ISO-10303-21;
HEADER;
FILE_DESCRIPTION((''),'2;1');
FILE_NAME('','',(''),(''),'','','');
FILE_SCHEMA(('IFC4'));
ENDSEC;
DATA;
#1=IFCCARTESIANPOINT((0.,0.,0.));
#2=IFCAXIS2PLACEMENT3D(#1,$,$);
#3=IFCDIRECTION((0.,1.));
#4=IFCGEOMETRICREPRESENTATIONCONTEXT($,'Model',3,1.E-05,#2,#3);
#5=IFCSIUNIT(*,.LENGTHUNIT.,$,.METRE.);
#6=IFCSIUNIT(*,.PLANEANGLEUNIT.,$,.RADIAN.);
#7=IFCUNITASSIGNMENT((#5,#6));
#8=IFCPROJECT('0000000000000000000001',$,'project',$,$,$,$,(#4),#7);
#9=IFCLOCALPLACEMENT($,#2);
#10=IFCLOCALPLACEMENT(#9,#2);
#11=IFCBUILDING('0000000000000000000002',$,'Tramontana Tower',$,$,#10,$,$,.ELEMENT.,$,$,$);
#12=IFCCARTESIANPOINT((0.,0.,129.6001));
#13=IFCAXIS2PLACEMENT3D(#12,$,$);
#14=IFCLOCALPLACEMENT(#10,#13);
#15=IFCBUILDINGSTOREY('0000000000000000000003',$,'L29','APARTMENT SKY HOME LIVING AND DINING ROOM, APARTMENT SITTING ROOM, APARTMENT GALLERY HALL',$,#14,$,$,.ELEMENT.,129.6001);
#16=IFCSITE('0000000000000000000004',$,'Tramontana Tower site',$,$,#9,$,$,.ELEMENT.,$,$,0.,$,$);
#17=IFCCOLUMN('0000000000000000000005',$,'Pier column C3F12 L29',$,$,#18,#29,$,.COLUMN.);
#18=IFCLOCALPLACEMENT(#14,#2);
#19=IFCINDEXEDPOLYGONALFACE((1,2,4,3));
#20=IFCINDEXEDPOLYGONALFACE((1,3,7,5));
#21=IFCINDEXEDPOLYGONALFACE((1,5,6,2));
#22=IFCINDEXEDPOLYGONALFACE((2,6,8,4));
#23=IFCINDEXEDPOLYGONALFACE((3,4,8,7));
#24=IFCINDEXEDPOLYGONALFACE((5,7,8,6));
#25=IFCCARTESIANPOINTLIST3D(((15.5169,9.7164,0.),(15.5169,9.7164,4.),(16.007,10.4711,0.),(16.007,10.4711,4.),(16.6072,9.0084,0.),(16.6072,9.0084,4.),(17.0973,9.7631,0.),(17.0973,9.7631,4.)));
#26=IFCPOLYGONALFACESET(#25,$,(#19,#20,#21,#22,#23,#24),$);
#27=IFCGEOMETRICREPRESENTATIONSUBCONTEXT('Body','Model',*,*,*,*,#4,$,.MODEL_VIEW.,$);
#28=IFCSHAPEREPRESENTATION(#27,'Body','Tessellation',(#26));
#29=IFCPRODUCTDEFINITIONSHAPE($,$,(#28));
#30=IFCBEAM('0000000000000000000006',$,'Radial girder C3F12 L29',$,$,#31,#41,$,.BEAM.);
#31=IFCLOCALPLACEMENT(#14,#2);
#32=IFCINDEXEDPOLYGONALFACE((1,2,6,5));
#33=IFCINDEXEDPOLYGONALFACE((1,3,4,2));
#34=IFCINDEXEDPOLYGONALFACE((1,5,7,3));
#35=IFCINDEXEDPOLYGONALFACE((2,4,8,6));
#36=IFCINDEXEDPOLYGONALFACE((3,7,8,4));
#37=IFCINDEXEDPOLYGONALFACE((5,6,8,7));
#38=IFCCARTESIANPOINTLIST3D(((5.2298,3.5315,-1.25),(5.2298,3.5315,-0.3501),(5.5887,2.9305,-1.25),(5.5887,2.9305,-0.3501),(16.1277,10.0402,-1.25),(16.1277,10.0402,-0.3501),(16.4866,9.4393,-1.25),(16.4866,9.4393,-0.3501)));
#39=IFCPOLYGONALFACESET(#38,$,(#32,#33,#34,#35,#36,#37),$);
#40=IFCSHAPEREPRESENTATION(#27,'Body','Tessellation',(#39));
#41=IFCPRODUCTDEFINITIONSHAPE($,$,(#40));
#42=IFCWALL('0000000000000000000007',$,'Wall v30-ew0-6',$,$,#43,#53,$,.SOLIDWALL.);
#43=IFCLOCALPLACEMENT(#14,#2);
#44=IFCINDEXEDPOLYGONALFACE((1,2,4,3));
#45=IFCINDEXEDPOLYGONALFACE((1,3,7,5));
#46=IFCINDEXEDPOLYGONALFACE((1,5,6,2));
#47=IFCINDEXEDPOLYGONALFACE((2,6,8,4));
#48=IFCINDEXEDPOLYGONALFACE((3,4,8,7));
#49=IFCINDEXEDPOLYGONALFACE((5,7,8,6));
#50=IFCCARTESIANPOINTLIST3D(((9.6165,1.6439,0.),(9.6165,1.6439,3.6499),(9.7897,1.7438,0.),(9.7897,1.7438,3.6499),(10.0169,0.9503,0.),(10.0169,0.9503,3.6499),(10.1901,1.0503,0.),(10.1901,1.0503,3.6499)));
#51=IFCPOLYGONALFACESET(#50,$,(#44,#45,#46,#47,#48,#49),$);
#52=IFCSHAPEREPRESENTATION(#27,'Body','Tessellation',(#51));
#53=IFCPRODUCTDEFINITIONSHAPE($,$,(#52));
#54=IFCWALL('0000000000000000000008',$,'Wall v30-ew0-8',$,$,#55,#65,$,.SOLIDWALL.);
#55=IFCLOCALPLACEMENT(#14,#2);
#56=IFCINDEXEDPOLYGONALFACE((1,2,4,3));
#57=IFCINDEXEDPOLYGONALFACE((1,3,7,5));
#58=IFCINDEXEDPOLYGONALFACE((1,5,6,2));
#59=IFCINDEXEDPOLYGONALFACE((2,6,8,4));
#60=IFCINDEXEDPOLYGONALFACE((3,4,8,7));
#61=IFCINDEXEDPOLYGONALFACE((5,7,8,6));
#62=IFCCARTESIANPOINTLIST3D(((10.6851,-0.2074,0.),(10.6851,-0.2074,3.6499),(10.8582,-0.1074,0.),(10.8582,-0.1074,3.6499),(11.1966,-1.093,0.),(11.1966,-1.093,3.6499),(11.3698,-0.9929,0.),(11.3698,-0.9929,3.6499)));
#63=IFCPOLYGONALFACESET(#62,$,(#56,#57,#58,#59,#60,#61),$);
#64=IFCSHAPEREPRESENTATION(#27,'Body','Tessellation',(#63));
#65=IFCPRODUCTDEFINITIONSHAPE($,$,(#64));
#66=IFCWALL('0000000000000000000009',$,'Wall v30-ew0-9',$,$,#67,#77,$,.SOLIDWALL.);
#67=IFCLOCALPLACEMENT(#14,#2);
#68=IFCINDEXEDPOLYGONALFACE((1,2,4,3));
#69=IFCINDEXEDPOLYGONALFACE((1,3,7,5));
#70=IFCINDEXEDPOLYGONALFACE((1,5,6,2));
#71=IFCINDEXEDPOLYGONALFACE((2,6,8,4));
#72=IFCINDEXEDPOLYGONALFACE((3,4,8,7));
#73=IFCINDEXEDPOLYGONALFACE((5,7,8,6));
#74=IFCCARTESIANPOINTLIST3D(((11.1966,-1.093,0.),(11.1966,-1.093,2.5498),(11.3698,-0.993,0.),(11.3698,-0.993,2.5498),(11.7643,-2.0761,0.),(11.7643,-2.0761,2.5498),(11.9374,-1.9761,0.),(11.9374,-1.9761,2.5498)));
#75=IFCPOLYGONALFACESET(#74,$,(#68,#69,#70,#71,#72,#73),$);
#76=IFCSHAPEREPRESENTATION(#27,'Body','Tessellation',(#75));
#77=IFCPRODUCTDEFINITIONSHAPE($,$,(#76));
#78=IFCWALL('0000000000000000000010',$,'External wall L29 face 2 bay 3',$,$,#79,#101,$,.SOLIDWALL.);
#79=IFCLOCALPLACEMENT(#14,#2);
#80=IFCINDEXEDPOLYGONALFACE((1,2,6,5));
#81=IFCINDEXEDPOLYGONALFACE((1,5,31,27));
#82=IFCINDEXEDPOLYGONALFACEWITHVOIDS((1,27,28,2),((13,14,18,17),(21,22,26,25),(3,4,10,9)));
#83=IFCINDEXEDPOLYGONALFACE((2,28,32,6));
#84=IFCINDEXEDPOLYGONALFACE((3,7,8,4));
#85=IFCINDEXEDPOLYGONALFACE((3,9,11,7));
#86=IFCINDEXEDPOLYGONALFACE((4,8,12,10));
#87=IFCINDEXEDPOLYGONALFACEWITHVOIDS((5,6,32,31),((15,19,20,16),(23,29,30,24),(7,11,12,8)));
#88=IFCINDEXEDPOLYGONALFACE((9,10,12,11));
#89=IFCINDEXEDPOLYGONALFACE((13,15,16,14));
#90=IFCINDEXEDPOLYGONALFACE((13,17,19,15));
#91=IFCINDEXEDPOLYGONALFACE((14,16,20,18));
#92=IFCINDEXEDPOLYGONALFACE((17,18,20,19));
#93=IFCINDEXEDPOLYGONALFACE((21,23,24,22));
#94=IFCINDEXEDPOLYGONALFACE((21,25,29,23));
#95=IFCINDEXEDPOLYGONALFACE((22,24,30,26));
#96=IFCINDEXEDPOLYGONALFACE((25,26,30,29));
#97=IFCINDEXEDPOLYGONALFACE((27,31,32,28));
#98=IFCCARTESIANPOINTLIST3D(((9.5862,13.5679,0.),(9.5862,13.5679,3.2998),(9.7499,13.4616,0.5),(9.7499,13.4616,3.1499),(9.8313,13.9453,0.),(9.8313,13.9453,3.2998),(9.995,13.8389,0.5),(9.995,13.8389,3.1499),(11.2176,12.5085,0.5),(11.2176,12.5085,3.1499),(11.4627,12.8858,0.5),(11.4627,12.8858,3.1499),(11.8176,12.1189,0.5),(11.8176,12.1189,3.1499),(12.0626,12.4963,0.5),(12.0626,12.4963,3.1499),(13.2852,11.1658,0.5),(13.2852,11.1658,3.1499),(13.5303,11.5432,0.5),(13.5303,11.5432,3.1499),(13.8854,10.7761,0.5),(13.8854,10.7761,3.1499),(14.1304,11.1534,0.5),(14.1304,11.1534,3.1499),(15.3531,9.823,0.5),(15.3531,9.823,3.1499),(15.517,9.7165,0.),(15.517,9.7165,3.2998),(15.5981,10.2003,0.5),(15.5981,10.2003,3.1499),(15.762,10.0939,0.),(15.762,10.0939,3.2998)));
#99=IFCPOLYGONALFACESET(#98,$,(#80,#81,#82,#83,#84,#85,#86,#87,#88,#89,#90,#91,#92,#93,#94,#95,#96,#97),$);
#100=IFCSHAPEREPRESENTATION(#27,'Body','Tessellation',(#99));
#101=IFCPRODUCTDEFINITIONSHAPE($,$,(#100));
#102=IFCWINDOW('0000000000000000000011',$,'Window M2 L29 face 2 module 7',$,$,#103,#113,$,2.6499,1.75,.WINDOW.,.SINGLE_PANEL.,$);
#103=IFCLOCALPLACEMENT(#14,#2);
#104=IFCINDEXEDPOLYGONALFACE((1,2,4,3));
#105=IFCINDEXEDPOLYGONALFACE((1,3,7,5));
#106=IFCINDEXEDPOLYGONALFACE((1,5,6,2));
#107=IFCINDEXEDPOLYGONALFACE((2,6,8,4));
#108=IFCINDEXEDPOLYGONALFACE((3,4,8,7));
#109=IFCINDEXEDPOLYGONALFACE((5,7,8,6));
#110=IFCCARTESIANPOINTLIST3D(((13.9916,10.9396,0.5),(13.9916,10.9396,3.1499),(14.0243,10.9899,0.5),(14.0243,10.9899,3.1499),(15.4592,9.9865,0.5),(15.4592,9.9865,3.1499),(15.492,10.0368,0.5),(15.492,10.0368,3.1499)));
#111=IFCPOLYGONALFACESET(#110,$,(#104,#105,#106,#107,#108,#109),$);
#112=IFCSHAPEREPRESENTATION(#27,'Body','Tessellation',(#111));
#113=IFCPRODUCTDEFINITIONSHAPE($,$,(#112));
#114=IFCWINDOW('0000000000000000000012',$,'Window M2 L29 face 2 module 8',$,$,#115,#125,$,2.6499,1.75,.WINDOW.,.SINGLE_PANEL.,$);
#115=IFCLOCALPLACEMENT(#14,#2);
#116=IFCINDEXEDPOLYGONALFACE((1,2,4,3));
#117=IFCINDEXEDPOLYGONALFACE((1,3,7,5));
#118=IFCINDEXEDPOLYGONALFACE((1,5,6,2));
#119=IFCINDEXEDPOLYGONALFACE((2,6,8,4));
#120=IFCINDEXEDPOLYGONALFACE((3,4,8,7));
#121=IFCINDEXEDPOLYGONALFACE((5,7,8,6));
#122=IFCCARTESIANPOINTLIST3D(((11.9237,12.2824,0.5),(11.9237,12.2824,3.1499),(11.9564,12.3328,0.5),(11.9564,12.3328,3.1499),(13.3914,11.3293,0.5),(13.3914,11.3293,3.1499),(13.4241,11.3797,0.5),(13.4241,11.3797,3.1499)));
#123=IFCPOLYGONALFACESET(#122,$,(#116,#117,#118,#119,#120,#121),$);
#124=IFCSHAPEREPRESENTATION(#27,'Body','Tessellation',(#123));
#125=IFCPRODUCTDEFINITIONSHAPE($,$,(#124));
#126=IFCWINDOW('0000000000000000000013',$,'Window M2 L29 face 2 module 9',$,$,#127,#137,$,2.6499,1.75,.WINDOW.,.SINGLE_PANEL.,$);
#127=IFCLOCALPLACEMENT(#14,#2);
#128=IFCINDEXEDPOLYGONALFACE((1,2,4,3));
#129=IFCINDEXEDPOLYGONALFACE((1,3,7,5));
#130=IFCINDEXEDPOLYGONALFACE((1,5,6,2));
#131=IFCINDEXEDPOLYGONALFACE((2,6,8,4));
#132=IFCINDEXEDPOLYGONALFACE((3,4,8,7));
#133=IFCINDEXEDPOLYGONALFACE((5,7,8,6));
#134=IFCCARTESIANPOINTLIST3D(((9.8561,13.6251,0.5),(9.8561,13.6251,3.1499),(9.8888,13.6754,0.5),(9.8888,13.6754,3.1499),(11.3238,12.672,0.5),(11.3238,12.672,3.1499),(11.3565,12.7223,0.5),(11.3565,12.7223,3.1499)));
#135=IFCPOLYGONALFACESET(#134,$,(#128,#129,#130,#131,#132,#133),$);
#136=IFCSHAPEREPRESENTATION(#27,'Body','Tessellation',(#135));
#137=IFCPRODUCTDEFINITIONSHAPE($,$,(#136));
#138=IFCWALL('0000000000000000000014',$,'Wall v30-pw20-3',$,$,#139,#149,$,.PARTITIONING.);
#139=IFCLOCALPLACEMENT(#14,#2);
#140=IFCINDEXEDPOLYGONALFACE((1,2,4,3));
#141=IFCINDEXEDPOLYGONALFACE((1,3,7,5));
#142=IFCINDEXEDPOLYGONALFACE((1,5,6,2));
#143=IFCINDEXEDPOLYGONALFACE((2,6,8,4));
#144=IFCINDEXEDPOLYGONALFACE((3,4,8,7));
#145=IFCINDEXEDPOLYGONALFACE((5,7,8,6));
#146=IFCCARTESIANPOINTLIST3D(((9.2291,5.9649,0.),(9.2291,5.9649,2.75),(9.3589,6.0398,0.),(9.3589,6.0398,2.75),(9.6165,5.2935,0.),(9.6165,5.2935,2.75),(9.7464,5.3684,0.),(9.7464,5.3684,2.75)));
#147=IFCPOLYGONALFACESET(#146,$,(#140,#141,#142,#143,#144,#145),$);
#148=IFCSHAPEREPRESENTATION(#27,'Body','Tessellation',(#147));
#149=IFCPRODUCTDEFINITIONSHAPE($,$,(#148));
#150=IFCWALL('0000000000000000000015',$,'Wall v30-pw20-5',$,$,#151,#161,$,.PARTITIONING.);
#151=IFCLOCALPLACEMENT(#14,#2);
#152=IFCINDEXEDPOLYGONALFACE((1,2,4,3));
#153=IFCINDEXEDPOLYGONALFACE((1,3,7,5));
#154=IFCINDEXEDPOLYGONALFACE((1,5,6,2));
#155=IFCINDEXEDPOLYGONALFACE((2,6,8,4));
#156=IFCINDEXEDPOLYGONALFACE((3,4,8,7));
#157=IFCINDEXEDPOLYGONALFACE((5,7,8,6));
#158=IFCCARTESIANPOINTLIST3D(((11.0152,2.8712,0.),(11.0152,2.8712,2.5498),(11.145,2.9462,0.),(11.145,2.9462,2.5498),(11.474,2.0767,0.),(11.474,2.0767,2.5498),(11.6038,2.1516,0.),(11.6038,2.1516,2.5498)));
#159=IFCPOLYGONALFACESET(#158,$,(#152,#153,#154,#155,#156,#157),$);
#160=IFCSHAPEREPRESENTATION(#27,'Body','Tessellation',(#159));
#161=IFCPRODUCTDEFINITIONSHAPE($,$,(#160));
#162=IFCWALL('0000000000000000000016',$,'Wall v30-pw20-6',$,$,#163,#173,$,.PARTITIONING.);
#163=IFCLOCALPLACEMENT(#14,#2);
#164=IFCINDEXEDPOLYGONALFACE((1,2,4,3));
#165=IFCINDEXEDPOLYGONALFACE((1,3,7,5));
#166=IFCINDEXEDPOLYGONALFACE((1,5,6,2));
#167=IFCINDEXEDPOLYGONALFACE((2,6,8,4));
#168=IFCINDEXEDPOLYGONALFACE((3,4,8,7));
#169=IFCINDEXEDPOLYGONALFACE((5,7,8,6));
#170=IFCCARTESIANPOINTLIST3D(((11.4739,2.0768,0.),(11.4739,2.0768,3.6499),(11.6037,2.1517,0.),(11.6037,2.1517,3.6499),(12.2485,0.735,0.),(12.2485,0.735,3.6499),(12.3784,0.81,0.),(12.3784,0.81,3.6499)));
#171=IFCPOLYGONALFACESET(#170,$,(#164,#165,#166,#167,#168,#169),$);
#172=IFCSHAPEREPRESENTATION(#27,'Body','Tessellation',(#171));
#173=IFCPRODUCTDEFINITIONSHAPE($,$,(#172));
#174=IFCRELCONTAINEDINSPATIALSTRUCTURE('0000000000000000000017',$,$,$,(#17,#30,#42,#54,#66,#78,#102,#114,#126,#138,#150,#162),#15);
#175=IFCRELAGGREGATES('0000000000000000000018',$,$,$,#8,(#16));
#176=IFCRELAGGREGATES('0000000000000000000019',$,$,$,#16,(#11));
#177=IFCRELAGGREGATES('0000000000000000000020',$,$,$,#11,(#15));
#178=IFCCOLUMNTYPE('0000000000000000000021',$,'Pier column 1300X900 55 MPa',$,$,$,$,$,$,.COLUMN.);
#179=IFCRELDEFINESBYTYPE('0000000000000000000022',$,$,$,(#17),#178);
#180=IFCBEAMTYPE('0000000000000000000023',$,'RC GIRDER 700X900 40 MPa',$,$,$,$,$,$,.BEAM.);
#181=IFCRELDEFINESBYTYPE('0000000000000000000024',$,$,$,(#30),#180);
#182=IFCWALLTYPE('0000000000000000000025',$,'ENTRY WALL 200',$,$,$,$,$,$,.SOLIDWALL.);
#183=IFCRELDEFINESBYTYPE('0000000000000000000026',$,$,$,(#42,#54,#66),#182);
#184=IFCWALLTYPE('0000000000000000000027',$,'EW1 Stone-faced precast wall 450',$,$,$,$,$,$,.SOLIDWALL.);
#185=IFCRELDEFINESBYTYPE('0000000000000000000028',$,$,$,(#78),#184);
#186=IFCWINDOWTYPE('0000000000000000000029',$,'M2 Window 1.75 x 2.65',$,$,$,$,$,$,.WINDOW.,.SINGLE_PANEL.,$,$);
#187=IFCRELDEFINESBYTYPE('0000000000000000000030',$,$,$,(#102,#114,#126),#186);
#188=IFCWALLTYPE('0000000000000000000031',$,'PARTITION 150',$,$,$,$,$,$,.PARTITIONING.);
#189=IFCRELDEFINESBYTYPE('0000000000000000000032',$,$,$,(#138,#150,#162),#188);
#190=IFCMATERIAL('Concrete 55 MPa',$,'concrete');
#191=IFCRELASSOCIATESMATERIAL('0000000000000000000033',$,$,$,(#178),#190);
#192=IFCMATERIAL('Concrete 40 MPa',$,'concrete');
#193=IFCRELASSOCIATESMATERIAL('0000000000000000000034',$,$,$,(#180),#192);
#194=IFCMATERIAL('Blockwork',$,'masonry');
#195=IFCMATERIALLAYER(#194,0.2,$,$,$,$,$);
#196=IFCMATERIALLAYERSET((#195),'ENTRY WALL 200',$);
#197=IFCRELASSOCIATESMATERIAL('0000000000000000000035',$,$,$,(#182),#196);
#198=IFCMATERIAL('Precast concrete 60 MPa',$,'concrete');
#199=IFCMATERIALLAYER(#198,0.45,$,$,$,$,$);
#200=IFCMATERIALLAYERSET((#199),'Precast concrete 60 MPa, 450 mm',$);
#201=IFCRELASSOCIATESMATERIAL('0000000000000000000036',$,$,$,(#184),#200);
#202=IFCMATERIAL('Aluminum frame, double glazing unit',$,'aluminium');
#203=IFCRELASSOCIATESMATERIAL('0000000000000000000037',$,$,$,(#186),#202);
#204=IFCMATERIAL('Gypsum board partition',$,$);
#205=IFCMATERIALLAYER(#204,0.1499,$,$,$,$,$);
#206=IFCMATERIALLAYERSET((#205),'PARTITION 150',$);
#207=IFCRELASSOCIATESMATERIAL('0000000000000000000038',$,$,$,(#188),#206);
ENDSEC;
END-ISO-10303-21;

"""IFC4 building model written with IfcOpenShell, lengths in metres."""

from ifc_helpers import new_model, si_unit, direction, frame, frame_2d, origin, origin_2d, place, context, subcontext, project, spatial, rectangle, extrude, material, layer, layer_set, material_profile, profile_set, type_object, element, fill, save


model = new_model("IFC4")

# Units and contexts
model_context = context("Model", 3, precision=1e-05, world=origin(), true_north=direction((0.0, 1.0)))
body_context = subcontext(model_context, "Body", "Model", "MODEL_VIEW")
ifc_project = project(units=[si_unit("LENGTHUNIT", "METRE"), si_unit("PLANEANGLEUNIT", "RADIAN")], contexts=[model_context])

# Site, building, storey
site_placement = place(None, origin())
site = spatial("IfcSite", under=ifc_project, at=site_placement, Name="Tramontana Tower site", CompositionType="ELEMENT", RefElevation=0.0)
building_placement = place(site_placement, origin())
building = spatial("IfcBuilding", under=site, at=building_placement, Name="Tramontana Tower", CompositionType="ELEMENT")
storey_placement = place(building_placement, frame((0.0, 0.0, 129.6001)))
storey = spatial("IfcBuildingStorey", under=building, at=storey_placement, Name="L29", Description="APARTMENT SKY HOME LIVING AND DINING ROOM, APARTMENT SITTING ROOM, APARTMENT GALLERY HALL", CompositionType="ELEMENT", Elevation=129.6001)

# Column
ifc_material_1 = material(Name="Concrete 55 MPa", Category="concrete")
ifc_material_profile_1 = material_profile(ifc_material_1, rectangle(XDim=1.3, YDim=0.8999, at=origin_2d()), Name="Pier column 1300X900 55 MPa")
ifc_profile_set_1 = profile_set([ifc_material_profile_1], Name="Concrete 55 MPa")
column_type = type_object("IfcColumnType", Name="Pier column 1300X900 55 MPa", PredefinedType="COLUMN", material=ifc_profile_set_1)
column_placement = place(storey_placement, frame((16.3071, 9.7397, 0.0), z_axis=(0.0, 0.0, 1.0), x_axis=(-0.838671, 0.544639, 0.0)))
element("IfcColumn", 1, at=column_placement, inside=storey, type_object=column_type, Name="Pier column C3F12 L29", PredefinedType="COLUMN", context=body_context, shape_type="SweptSolid", body=[
    extrude(rectangle(XDim=1.3, YDim=0.8999, at=origin_2d()), origin(), (0.0, 0.0, 1.0), 4.0),
])

# Beam
ifc_material_2 = material(Name="Concrete 40 MPa", Category="concrete")
ifc_material_profile_2 = material_profile(ifc_material_2, rectangle(XDim=0.7, YDim=0.8999, at=origin_2d()), Name="RC GIRDER 700X900 40 MPa")
ifc_profile_set_2 = profile_set([ifc_material_profile_2], Name="Concrete 40 MPa")
beam_type = type_object("IfcBeamType", Name="RC GIRDER 700X900 40 MPa", PredefinedType="BEAM", material=ifc_profile_set_2)
beam_placement = place(storey_placement, frame((16.3071, 9.7397, -0.8), z_axis=(-0.858533, -0.512758, 0.0), x_axis=(0.512758, -0.858533, 0.0)))
element("IfcBeam", 2, at=beam_placement, inside=storey, type_object=beam_type, Name="Radial girder C3F12 L29", PredefinedType="BEAM", context=body_context, shape_type="SweptSolid", body=[
    extrude(rectangle(XDim=0.7, YDim=0.8999, at=origin_2d()), origin(), (0.0, 0.0, 1.0), 12.6936),
])

# Wall
ifc_material_3 = material(Name="Blockwork", Category="masonry")
ifc_layer_1 = layer(ifc_material_3, 0.2)
ifc_layer_set_1 = layer_set([ifc_layer_1], Name="ENTRY WALL 200")
wall_type_1 = type_object("IfcWallType", Name="ENTRY WALL 200", PredefinedType="SOLIDWALL", material=ifc_layer_set_1)
wall_1_placement = place(storey_placement, frame((9.7031, 1.6938, 0.0), z_axis=(0.0, 0.0, 1.0), x_axis=(0.499942, -0.866059, 0.0)))
element("IfcWall", 3, at=wall_1_placement, inside=storey, type_object=wall_type_1, Name="Wall v30-ew0-6", PredefinedType="SOLIDWALL", context=body_context, shape_type="SweptSolid", body=[
    extrude(rectangle(XDim=0.8008, YDim=0.2, at=frame_2d((0.4004, 0.0))), origin(), (0.0, 0.0, 1.0), 3.6499),
])

# Walls
wall_2_placement = place(storey_placement, frame((10.7717, -0.1575, 0.0), z_axis=(0.0, 0.0, 1.0), x_axis=(0.50017, -0.865927, 0.0)))
element("IfcWall", 4, at=wall_2_placement, inside=storey, type_object=wall_type_1, Name="Wall v30-ew0-8", PredefinedType="SOLIDWALL", context=body_context, shape_type="SweptSolid", body=[
    extrude(rectangle(XDim=1.0227, YDim=0.2, at=frame_2d((0.5112, 0.0))), origin(), (0.0, 0.0, 1.0), 3.6499),
])
wall_3_placement = place(storey_placement, frame((11.2832, -1.043, 0.0), z_axis=(0.0, 0.0, 1.0), x_axis=(0.500002, -0.866024, 0.0)))
element("IfcWall", 5, at=wall_3_placement, inside=storey, type_object=wall_type_1, Name="Wall v30-ew0-9", PredefinedType="SOLIDWALL", context=body_context, shape_type="SweptSolid", body=[
    extrude(rectangle(XDim=1.1353, YDim=0.2, at=frame_2d((0.5676, 0.0))), origin(), (0.0, 0.0, 1.0), 2.5498),
])

# Wall, openings, windows
ifc_material_4 = material(Name="Precast concrete 60 MPa", Category="concrete")
ifc_layer_2 = layer(ifc_material_4, 0.45)
ifc_layer_set_2 = layer_set([ifc_layer_2], Name="Precast concrete 60 MPa, 450 mm")
wall_type_2 = type_object("IfcWallType", Name="EW1 Stone-faced precast wall 450", PredefinedType="SOLIDWALL", material=ifc_layer_set_2)
wall_4_placement = place(storey_placement, frame((15.6394, 9.9053, 0.0), z_axis=(0.0, 0.0, 1.0), x_axis=(-0.838677, 0.544629, 0.0)))
wall_4 = element("IfcWall", 6, at=wall_4_placement, inside=storey, type_object=wall_type_2, Name="External wall L29 face 2 bay 3", PredefinedType="SOLIDWALL", context=body_context, shape_type="SweptSolid", body=[
    extrude(rectangle(XDim=7.0715, YDim=0.45, at=frame_2d((3.5356, 0.0))), origin(), (0.0, 0.0, 1.0), 3.2998),
])
opening_1_placement = place(wall_4_placement, frame((0.1953, 0.0, 0.5)))
opening_1 = element("IfcOpeningElement", 7, at=opening_1_placement, cuts=wall_4, PredefinedType="OPENING", context=body_context, shape_type="SweptSolid", body=[
    extrude(rectangle(XDim=1.75, YDim=2.6499, at=frame_2d((0.875, 1.325))), frame((0.0, 0.2349, 0.0), z_axis=(0.0, -1.0, 0.0), x_axis=(1.0, 0.0, 0.0)), (0.0, 0.0, 1.0), 0.47),
])
opening_2_placement = place(wall_4_placement, frame((2.6609, 0.0, 0.5)))
opening_2 = element("IfcOpeningElement", 8, at=opening_2_placement, cuts=wall_4, PredefinedType="OPENING", context=body_context, shape_type="SweptSolid", body=[
    extrude(rectangle(XDim=1.75, YDim=2.6499, at=frame_2d((0.875, 1.325))), frame((0.0, 0.2349, 0.0), z_axis=(0.0, -1.0, 0.0), x_axis=(1.0, 0.0, 0.0)), (0.0, 0.0, 1.0), 0.47),
])
opening_3_placement = place(wall_4_placement, frame((5.1262, 0.0, 0.5)))
opening_3 = element("IfcOpeningElement", 9, at=opening_3_placement, cuts=wall_4, PredefinedType="OPENING", context=body_context, shape_type="SweptSolid", body=[
    extrude(rectangle(XDim=1.75, YDim=2.6499, at=frame_2d((0.875, 1.325))), frame((0.0, 0.2349, 0.0), z_axis=(0.0, -1.0, 0.0), x_axis=(1.0, 0.0, 0.0)), (0.0, 0.0, 1.0), 0.47),
])
ifc_material_5 = material(Name="Aluminum frame, double glazing unit", Category="aluminium")
window_type = type_object("IfcWindowType", Name="M2 Window 1.75 x 2.65", PartitioningType="SINGLE_PANEL", PredefinedType="WINDOW", material=ifc_material_5)
window_1_placement = place(opening_1_placement, origin())
window_1 = element("IfcWindow", 10, at=window_1_placement, inside=storey, type_object=window_type, Name="Window M2 L29 face 2 module 7", OverallHeight=2.6499, OverallWidth=1.75, PartitioningType="SINGLE_PANEL", PredefinedType="WINDOW", context=body_context, shape_type="SweptSolid", body=[
    extrude(rectangle(XDim=1.75, YDim=2.6499, at=frame_2d((0.875, 1.325))), frame((0.0, 0.03, 0.0), z_axis=(0.0, -1.0, 0.0), x_axis=(1.0, 0.0, 0.0)), (0.0, 0.0, 1.0), 0.0601),
])
fill(opening_1, window_1)
window_2_placement = place(opening_2_placement, origin())
window_2 = element("IfcWindow", 11, at=window_2_placement, inside=storey, type_object=window_type, Name="Window M2 L29 face 2 module 8", OverallHeight=2.6499, OverallWidth=1.75, PartitioningType="SINGLE_PANEL", PredefinedType="WINDOW", context=body_context, shape_type="SweptSolid", body=[
    extrude(rectangle(XDim=1.75, YDim=2.6499, at=frame_2d((0.875, 1.325))), frame((0.0, 0.03, 0.0), z_axis=(0.0, -1.0, 0.0), x_axis=(1.0, 0.0, 0.0)), (0.0, 0.0, 1.0), 0.0601),
])
fill(opening_2, window_2)
window_3_placement = place(opening_3_placement, origin())
window_3 = element("IfcWindow", 12, at=window_3_placement, inside=storey, type_object=window_type, Name="Window M2 L29 face 2 module 9", OverallHeight=2.6499, OverallWidth=1.75, PartitioningType="SINGLE_PANEL", PredefinedType="WINDOW", context=body_context, shape_type="SweptSolid", body=[
    extrude(rectangle(XDim=1.75, YDim=2.6499, at=frame_2d((0.875, 1.325))), frame((0.0, 0.03, 0.0), z_axis=(0.0, -1.0, 0.0), x_axis=(1.0, 0.0, 0.0)), (0.0, 0.0, 1.0), 0.0601),
])
fill(opening_3, window_3)

# Wall
ifc_material_6 = material(Name="Gypsum board partition")
ifc_layer_3 = layer(ifc_material_6, 0.1499)
ifc_layer_set_3 = layer_set([ifc_layer_3], Name="PARTITION 150")
wall_type_3 = type_object("IfcWallType", Name="PARTITION 150", PredefinedType="PARTITIONING", material=ifc_layer_set_3)
wall_5_placement = place(storey_placement, frame((9.2939, 6.0024, 0.0), z_axis=(0.0, 0.0, 1.0), x_axis=(0.499832, -0.866123, 0.0)))
element("IfcWall", 13, at=wall_5_placement, inside=storey, type_object=wall_type_3, Name="Wall v30-pw20-3", PredefinedType="PARTITIONING", context=body_context, shape_type="SweptSolid", body=[
    extrude(rectangle(XDim=0.7751, YDim=0.1499, at=frame_2d((0.3877, 0.0))), origin(), (0.0, 0.0, 1.0), 2.75),
])

# Walls
wall_6_placement = place(storey_placement, frame((11.0801, 2.9087, 0.0), z_axis=(0.0, 0.0, 1.0), x_axis=(0.50006, -0.865991, 0.0)))
element("IfcWall", 14, at=wall_6_placement, inside=storey, type_object=wall_type_3, Name="Wall v30-pw20-5", PredefinedType="PARTITIONING", context=body_context, shape_type="SweptSolid", body=[
    extrude(rectangle(XDim=0.9175, YDim=0.1499, at=frame_2d((0.4587, 0.0))), origin(), (0.0, 0.0, 1.0), 2.5498),
])
wall_7_placement = place(storey_placement, frame((11.5388, 2.1143, 0.0), z_axis=(0.0, 0.0, 1.0), x_axis=(0.499986, -0.866033, 0.0)))
element("IfcWall", 15, at=wall_7_placement, inside=storey, type_object=wall_type_3, Name="Wall v30-pw20-6", PredefinedType="PARTITIONING", context=body_context, shape_type="SweptSolid", body=[
    extrude(rectangle(XDim=1.5493, YDim=0.1499, at=frame_2d((0.7747, 0.0))), origin(), (0.0, 0.0, 1.0), 3.6499),
])

save(model, "model.ifc")
